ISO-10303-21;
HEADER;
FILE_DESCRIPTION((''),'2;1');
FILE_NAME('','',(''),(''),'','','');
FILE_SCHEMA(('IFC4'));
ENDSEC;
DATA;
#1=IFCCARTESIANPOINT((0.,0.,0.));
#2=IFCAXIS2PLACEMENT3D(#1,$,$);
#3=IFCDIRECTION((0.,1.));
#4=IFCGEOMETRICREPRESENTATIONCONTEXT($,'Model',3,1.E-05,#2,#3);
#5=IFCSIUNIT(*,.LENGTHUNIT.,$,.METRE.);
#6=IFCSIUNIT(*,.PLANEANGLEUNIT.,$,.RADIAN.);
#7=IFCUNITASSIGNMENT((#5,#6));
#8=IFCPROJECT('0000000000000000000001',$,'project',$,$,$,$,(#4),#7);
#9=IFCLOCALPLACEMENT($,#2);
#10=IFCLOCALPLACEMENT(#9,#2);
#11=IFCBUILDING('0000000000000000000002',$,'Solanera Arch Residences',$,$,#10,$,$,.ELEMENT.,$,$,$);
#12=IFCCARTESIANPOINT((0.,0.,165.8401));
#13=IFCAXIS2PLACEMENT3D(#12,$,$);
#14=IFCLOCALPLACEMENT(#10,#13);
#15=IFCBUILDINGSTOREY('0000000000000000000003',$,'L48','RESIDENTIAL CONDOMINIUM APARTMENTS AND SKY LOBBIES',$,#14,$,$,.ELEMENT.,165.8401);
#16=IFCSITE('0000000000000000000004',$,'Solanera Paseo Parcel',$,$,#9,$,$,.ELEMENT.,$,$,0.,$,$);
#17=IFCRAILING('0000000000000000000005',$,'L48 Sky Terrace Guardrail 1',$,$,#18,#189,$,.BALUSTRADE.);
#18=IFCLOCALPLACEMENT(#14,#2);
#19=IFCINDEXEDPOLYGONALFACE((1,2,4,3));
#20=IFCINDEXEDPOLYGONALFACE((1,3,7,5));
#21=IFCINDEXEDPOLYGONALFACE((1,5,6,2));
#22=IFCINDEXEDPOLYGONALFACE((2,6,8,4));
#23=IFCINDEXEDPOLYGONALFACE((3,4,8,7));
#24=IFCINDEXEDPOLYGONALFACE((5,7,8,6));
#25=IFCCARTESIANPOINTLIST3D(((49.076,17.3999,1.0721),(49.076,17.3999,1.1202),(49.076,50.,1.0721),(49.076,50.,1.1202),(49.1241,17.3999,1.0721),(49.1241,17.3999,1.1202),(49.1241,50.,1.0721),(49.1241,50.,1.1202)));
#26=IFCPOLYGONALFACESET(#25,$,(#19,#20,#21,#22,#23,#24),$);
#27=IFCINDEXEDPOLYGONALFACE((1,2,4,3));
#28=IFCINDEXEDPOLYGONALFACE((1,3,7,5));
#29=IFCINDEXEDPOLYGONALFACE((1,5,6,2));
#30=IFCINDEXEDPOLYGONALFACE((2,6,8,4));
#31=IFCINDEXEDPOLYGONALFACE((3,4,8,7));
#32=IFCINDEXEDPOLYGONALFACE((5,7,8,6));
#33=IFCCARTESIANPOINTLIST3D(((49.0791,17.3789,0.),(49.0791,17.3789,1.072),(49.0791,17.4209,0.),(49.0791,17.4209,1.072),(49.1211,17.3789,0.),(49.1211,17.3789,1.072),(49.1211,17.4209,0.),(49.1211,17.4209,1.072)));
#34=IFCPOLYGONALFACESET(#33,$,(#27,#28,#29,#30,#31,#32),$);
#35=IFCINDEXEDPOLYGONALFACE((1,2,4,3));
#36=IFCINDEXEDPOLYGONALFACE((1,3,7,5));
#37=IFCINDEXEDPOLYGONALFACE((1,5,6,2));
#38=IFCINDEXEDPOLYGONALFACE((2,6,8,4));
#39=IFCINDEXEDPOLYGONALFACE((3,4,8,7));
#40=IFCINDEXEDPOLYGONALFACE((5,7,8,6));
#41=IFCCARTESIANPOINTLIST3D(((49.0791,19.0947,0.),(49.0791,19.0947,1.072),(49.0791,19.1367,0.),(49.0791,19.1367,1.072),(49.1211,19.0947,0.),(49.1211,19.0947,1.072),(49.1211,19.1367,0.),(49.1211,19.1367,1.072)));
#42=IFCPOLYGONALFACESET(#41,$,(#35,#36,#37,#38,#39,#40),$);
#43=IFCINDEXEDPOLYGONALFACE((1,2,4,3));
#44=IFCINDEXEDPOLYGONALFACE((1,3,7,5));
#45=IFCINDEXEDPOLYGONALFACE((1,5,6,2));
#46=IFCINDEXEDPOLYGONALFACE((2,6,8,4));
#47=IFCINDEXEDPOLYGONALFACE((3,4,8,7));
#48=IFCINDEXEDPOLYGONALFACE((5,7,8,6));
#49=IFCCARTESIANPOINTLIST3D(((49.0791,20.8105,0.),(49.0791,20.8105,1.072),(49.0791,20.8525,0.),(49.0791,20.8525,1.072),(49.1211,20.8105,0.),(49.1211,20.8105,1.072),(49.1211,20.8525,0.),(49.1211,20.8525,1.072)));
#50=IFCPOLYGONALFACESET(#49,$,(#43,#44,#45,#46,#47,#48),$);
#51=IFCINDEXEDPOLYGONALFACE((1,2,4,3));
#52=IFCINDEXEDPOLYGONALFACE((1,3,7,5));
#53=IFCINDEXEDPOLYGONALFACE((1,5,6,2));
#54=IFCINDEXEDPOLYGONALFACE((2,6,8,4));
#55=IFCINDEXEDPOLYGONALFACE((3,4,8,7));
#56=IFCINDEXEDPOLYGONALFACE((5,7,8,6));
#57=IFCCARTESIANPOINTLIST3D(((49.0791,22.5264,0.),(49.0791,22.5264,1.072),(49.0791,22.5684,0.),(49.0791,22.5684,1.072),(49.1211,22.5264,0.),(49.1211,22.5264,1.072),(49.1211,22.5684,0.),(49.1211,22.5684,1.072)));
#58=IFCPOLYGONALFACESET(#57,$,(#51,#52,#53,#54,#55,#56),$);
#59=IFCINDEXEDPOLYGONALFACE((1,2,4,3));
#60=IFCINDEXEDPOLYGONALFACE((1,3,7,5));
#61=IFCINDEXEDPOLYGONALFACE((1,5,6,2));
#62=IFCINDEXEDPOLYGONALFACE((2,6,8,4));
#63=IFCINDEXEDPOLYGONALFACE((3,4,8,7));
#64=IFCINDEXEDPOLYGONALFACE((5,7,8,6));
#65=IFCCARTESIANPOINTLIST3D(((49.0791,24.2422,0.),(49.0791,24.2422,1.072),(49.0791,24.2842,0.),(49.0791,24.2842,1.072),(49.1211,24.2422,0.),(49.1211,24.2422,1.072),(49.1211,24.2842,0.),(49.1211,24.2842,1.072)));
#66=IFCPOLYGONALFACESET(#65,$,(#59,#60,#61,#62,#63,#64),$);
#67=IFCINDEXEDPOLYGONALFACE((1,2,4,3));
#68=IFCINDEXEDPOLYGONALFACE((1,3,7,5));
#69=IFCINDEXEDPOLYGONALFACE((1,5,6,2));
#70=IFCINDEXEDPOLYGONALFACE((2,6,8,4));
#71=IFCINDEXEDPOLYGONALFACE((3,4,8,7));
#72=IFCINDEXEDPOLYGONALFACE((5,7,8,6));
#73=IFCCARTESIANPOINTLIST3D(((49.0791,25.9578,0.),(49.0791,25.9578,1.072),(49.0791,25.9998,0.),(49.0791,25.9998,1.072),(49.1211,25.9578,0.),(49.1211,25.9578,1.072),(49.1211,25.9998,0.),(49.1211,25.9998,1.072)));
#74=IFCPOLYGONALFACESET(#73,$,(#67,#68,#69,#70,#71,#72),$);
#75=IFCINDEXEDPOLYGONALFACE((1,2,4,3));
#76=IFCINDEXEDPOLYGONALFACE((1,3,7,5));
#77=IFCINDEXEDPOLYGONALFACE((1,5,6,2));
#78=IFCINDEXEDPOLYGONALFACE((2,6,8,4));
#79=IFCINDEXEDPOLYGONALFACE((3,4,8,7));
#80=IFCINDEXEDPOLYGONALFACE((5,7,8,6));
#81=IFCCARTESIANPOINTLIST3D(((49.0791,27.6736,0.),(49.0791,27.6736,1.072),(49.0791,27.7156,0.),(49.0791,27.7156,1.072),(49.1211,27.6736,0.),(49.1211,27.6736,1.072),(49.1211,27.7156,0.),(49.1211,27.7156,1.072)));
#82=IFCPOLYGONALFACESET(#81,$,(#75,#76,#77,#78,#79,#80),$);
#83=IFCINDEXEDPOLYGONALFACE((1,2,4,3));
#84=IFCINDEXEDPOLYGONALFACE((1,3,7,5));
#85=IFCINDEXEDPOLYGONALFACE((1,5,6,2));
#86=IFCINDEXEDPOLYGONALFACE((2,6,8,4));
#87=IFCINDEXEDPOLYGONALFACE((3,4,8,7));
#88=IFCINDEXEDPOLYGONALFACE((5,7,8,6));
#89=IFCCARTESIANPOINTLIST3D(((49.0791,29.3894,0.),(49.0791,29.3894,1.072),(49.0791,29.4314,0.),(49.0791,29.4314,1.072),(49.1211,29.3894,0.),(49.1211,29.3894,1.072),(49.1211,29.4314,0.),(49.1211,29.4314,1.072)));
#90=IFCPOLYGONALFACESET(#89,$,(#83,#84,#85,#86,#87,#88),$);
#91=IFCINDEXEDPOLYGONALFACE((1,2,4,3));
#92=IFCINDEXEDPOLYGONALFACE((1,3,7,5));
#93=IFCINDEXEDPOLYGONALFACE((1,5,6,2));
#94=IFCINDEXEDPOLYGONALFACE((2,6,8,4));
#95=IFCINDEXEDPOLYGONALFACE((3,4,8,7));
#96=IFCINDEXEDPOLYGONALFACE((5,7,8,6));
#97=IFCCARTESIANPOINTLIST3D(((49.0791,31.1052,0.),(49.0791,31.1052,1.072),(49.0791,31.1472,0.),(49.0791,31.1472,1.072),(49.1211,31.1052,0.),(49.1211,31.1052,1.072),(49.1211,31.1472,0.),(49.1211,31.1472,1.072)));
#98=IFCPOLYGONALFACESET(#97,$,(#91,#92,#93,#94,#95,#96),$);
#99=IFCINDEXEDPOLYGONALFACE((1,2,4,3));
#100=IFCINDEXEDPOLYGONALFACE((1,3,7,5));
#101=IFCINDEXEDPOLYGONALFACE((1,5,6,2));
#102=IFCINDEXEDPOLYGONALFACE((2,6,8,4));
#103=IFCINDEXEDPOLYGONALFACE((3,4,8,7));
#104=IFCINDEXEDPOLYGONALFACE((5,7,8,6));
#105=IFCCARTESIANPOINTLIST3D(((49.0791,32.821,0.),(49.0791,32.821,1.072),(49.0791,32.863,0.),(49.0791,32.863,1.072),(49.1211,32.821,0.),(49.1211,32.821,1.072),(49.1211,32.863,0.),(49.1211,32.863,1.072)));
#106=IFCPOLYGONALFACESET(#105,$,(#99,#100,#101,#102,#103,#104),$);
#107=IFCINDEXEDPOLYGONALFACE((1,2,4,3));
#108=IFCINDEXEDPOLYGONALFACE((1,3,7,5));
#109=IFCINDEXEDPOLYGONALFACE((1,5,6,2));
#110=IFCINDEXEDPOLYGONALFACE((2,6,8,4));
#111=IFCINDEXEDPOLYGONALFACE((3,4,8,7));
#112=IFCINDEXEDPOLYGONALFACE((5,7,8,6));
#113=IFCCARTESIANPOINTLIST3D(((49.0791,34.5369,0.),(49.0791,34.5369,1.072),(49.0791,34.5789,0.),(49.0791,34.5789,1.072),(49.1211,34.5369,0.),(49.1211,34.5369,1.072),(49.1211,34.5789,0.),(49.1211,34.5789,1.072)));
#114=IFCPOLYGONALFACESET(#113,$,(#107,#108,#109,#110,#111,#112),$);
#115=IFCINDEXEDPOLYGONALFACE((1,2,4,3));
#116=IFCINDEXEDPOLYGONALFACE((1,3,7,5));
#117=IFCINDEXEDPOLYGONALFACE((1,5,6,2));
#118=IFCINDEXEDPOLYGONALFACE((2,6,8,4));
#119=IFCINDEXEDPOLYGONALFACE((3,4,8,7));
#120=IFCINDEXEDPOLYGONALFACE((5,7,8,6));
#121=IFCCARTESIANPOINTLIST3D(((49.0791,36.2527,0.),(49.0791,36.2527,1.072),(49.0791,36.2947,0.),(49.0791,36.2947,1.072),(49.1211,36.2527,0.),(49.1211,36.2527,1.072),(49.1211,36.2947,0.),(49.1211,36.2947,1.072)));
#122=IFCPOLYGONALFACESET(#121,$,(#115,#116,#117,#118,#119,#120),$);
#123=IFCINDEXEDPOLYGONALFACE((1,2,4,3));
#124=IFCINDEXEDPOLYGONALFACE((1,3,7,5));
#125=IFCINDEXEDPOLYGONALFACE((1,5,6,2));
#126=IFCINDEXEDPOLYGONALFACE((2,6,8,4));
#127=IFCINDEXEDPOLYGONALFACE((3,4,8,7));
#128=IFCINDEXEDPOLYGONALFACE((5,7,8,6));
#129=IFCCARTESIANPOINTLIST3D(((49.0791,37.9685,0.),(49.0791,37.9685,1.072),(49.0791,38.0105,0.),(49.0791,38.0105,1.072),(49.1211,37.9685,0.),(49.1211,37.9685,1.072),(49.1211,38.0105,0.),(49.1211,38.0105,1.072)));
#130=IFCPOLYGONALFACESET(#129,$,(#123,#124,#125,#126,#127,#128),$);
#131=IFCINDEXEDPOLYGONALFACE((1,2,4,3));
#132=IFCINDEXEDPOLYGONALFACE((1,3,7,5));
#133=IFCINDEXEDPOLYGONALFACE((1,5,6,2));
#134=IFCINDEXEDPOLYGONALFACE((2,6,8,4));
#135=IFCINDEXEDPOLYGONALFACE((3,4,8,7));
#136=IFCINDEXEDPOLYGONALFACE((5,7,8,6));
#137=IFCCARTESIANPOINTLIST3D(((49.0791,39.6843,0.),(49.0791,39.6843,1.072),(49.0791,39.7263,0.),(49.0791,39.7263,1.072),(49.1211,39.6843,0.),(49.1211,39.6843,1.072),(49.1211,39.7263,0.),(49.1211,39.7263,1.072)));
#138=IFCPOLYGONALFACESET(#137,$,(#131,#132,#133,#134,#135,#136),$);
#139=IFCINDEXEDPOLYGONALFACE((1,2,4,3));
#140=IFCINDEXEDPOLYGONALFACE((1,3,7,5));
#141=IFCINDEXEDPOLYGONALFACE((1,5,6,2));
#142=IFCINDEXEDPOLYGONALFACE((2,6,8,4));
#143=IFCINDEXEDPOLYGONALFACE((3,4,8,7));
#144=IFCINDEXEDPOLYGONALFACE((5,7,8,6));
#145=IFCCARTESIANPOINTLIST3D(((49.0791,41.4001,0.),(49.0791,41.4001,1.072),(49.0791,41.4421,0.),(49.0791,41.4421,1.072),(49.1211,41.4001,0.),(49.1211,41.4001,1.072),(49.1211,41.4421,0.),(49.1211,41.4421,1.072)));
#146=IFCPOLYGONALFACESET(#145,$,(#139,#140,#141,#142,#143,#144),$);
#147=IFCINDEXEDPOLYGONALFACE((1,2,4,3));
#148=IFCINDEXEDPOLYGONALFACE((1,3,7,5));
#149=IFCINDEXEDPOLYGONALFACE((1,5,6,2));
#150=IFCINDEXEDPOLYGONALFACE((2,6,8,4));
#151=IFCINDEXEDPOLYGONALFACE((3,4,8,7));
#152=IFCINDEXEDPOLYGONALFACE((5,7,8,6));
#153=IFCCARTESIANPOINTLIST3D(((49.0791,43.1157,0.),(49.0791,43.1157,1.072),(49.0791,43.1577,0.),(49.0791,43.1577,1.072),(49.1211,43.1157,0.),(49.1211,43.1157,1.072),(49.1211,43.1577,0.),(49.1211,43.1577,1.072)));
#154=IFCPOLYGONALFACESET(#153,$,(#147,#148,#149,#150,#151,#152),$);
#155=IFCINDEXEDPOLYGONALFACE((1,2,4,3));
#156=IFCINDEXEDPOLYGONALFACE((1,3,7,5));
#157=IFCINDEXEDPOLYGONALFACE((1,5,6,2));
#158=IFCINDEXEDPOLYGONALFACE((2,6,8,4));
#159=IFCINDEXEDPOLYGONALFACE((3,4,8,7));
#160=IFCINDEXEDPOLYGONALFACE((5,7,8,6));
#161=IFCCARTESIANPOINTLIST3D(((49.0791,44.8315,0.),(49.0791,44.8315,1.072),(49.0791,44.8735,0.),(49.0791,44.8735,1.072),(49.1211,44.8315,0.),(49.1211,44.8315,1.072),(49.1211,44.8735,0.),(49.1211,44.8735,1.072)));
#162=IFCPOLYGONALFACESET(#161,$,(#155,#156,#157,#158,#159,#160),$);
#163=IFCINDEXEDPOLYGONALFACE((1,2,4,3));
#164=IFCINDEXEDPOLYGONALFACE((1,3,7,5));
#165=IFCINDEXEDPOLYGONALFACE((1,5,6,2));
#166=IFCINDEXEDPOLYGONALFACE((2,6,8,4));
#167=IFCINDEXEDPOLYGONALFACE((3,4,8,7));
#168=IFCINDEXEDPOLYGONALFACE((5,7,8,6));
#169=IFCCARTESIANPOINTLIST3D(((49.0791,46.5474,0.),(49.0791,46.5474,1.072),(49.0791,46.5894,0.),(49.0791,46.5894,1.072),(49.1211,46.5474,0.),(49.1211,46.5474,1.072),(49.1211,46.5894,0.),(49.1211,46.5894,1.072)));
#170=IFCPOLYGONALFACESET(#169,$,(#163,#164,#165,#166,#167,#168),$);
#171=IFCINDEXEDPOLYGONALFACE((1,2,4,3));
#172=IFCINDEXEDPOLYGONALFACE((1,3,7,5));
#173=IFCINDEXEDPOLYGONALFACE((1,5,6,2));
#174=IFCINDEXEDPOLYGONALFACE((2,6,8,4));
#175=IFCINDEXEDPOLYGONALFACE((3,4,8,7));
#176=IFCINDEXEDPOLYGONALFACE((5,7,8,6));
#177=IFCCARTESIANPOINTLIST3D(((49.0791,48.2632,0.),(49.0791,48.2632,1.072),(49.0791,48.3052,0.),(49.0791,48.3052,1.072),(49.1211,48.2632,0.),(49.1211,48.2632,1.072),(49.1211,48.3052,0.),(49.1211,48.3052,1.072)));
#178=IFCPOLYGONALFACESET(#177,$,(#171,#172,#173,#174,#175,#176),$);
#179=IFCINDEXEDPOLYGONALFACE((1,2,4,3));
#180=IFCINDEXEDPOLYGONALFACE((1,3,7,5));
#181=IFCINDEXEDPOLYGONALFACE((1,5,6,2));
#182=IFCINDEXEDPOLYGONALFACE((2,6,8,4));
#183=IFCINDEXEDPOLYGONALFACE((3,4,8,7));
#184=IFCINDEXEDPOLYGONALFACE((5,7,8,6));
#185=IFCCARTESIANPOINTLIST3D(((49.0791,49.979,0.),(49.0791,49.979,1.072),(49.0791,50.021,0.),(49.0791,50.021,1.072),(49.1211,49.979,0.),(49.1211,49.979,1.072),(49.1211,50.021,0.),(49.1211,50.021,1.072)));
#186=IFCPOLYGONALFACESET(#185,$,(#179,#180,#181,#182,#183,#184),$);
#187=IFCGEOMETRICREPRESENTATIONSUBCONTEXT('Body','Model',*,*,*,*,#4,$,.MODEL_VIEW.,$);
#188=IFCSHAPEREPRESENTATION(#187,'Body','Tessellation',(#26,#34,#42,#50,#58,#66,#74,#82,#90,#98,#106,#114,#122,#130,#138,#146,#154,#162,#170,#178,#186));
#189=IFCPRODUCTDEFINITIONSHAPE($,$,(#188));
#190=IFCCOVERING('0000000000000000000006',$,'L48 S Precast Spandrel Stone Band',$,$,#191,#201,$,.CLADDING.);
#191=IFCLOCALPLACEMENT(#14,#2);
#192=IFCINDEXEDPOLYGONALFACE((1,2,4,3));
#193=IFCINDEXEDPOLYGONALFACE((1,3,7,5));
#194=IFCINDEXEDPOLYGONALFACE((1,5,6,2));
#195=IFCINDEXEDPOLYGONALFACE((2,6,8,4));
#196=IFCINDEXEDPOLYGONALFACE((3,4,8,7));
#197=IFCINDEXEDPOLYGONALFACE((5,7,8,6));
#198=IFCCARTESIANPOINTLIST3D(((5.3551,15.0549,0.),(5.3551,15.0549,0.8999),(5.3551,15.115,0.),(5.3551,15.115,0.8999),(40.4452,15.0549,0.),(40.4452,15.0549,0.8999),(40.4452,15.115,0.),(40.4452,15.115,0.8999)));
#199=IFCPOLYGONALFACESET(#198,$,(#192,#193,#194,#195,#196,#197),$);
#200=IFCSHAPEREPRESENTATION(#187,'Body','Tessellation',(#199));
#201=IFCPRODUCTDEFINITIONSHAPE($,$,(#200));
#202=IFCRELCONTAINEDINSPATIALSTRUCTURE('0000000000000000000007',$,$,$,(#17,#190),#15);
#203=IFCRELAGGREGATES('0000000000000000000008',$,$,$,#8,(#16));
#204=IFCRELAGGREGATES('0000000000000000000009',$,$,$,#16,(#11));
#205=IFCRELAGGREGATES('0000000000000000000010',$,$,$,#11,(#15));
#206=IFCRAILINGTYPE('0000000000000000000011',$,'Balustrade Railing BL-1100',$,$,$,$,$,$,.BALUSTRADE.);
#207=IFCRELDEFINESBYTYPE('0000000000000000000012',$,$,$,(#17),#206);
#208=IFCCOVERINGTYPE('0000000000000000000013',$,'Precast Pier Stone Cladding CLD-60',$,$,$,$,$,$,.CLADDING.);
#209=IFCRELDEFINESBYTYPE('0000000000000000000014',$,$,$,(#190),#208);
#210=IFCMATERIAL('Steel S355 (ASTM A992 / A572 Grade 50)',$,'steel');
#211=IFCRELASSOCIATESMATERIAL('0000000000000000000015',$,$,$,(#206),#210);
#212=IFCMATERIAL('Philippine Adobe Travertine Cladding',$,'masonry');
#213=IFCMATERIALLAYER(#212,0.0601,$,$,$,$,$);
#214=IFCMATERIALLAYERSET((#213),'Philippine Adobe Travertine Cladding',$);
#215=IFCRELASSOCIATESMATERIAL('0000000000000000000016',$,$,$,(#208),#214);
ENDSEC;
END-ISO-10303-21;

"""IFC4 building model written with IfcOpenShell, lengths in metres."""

from ifc_helpers import new_model, si_unit, direction, frame, frame_2d, origin, origin_2d, place, context, subcontext, project, spatial, rectangle, extrude, material, layer, layer_set, type_object, element, save


model = new_model("IFC4")

# Units and contexts
model_context = context("Model", 3, precision=1e-05, world=origin(), true_north=direction((0.0, 1.0)))
body_context = subcontext(model_context, "Body", "Model", "MODEL_VIEW")
ifc_project = project(units=[si_unit("LENGTHUNIT", "METRE"), si_unit("PLANEANGLEUNIT", "RADIAN")], contexts=[model_context])

# Site, building, storey
site_placement = place(None, origin())
site = spatial("IfcSite", under=ifc_project, at=site_placement, Name="Solanera Paseo Parcel", CompositionType="ELEMENT", RefElevation=0.0)
building_placement = place(site_placement, origin())
building = spatial("IfcBuilding", under=site, at=building_placement, Name="Solanera Arch Residences", CompositionType="ELEMENT")
storey_placement = place(building_placement, frame((0.0, 0.0, 165.8401)))
storey = spatial("IfcBuildingStorey", under=building, at=storey_placement, Name="L48", Description="RESIDENTIAL CONDOMINIUM APARTMENTS AND SKY LOBBIES", CompositionType="ELEMENT", Elevation=165.8401)

# Railing
ifc_material_1 = material(Name="Steel S355 (ASTM A992 / A572 Grade 50)", Category="steel")
railing_type = type_object("IfcRailingType", Name="Balustrade Railing BL-1100", PredefinedType="BALUSTRADE", material=ifc_material_1)
railing_1_placement = place(storey_placement, frame((49.1001, 17.3999, 0.0)))
element("IfcRailing", 1, at=railing_1_placement, inside=storey, type_object=railing_type, Name="L48 Sky Terrace Guardrail 1", PredefinedType="BALUSTRADE", context=body_context, shape_type="SweptSolid", body=[
    extrude(rectangle(XDim=0.0481, YDim=0.0481, at=origin_2d()), frame((0.0, 0.0, 1.0962), z_axis=(0.0, 1.0, 0.0), x_axis=(-1.0, 0.0, 0.0)), (0.0, 0.0, 1.0), 32.6001),
    extrude(rectangle(XDim=0.042, YDim=0.042, at=origin_2d()), origin(), (0.0, 0.0, 1.0), 1.072),
    extrude(rectangle(XDim=0.042, YDim=0.042, at=origin_2d()), frame((0.0, 1.7158, 0.0)), (0.0, 0.0, 1.0), 1.072),
    extrude(rectangle(XDim=0.042, YDim=0.042, at=origin_2d()), frame((0.0, 3.4316, 0.0)), (0.0, 0.0, 1.0), 1.072),
    extrude(rectangle(XDim=0.042, YDim=0.042, at=origin_2d()), frame((0.0, 5.1475, 0.0)), (0.0, 0.0, 1.0), 1.072),
    extrude(rectangle(XDim=0.042, YDim=0.042, at=origin_2d()), frame((0.0, 6.8633, 0.0)), (0.0, 0.0, 1.0), 1.072),
    extrude(rectangle(XDim=0.042, YDim=0.042, at=origin_2d()), frame((0.0, 8.5789, 0.0)), (0.0, 0.0, 1.0), 1.072),
    extrude(rectangle(XDim=0.042, YDim=0.042, at=origin_2d()), frame((0.0, 10.2947, 0.0)), (0.0, 0.0, 1.0), 1.072),
    extrude(rectangle(XDim=0.042, YDim=0.042, at=origin_2d()), frame((0.0, 12.0105, 0.0)), (0.0, 0.0, 1.0), 1.072),
    extrude(rectangle(XDim=0.042, YDim=0.042, at=origin_2d()), frame((0.0, 13.7263, 0.0)), (0.0, 0.0, 1.0), 1.072),
    extrude(rectangle(XDim=0.042, YDim=0.042, at=origin_2d()), frame((0.0, 15.4421, 0.0)), (0.0, 0.0, 1.0), 1.072),
    extrude(rectangle(XDim=0.042, YDim=0.042, at=origin_2d()), frame((0.0, 17.158, 0.0)), (0.0, 0.0, 1.0), 1.072),
    extrude(rectangle(XDim=0.042, YDim=0.042, at=origin_2d()), frame((0.0, 18.8738, 0.0)), (0.0, 0.0, 1.0), 1.072),
    extrude(rectangle(XDim=0.042, YDim=0.042, at=origin_2d()), frame((0.0, 20.5896, 0.0)), (0.0, 0.0, 1.0), 1.072),
    extrude(rectangle(XDim=0.042, YDim=0.042, at=origin_2d()), frame((0.0, 22.3054, 0.0)), (0.0, 0.0, 1.0), 1.072),
    extrude(rectangle(XDim=0.042, YDim=0.042, at=origin_2d()), frame((0.0, 24.0212, 0.0)), (0.0, 0.0, 1.0), 1.072),
    extrude(rectangle(XDim=0.042, YDim=0.042, at=origin_2d()), frame((0.0, 25.7368, 0.0)), (0.0, 0.0, 1.0), 1.072),
    extrude(rectangle(XDim=0.042, YDim=0.042, at=origin_2d()), frame((0.0, 27.4526, 0.0)), (0.0, 0.0, 1.0), 1.072),
    extrude(rectangle(XDim=0.042, YDim=0.042, at=origin_2d()), frame((0.0, 29.1685, 0.0)), (0.0, 0.0, 1.0), 1.072),
    extrude(rectangle(XDim=0.042, YDim=0.042, at=origin_2d()), frame((0.0, 30.8843, 0.0)), (0.0, 0.0, 1.0), 1.072),
    extrude(rectangle(XDim=0.042, YDim=0.042, at=origin_2d()), frame((0.0, 32.6001, 0.0)), (0.0, 0.0, 1.0), 1.072),
])

# Covering
ifc_material_2 = material(Name="Philippine Adobe Travertine Cladding", Category="masonry")
ifc_layer_1 = layer(ifc_material_2, 0.0601)
ifc_layer_set_1 = layer_set([ifc_layer_1], Name="Philippine Adobe Travertine Cladding")
covering_type = type_object("IfcCoveringType", Name="Precast Pier Stone Cladding CLD-60", PredefinedType="CLADDING", material=ifc_layer_set_1)
covering_placement = place(storey_placement, frame((40.4451, 15.085, 0.0), z_axis=(0.0, 0.0, 1.0), x_axis=(-1.0, 0.0, 0.0)))
element("IfcCovering", 2, at=covering_placement, inside=storey, type_object=covering_type, Name="L48 S Precast Spandrel Stone Band", PredefinedType="CLADDING", context=body_context, shape_type="SweptSolid", body=[
    extrude(rectangle(XDim=35.0901, YDim=0.0601, at=frame_2d((17.5449, 0.0))), origin(), (0.0, 0.0, 1.0), 0.8999),
])

save(model, "model.ifc")
